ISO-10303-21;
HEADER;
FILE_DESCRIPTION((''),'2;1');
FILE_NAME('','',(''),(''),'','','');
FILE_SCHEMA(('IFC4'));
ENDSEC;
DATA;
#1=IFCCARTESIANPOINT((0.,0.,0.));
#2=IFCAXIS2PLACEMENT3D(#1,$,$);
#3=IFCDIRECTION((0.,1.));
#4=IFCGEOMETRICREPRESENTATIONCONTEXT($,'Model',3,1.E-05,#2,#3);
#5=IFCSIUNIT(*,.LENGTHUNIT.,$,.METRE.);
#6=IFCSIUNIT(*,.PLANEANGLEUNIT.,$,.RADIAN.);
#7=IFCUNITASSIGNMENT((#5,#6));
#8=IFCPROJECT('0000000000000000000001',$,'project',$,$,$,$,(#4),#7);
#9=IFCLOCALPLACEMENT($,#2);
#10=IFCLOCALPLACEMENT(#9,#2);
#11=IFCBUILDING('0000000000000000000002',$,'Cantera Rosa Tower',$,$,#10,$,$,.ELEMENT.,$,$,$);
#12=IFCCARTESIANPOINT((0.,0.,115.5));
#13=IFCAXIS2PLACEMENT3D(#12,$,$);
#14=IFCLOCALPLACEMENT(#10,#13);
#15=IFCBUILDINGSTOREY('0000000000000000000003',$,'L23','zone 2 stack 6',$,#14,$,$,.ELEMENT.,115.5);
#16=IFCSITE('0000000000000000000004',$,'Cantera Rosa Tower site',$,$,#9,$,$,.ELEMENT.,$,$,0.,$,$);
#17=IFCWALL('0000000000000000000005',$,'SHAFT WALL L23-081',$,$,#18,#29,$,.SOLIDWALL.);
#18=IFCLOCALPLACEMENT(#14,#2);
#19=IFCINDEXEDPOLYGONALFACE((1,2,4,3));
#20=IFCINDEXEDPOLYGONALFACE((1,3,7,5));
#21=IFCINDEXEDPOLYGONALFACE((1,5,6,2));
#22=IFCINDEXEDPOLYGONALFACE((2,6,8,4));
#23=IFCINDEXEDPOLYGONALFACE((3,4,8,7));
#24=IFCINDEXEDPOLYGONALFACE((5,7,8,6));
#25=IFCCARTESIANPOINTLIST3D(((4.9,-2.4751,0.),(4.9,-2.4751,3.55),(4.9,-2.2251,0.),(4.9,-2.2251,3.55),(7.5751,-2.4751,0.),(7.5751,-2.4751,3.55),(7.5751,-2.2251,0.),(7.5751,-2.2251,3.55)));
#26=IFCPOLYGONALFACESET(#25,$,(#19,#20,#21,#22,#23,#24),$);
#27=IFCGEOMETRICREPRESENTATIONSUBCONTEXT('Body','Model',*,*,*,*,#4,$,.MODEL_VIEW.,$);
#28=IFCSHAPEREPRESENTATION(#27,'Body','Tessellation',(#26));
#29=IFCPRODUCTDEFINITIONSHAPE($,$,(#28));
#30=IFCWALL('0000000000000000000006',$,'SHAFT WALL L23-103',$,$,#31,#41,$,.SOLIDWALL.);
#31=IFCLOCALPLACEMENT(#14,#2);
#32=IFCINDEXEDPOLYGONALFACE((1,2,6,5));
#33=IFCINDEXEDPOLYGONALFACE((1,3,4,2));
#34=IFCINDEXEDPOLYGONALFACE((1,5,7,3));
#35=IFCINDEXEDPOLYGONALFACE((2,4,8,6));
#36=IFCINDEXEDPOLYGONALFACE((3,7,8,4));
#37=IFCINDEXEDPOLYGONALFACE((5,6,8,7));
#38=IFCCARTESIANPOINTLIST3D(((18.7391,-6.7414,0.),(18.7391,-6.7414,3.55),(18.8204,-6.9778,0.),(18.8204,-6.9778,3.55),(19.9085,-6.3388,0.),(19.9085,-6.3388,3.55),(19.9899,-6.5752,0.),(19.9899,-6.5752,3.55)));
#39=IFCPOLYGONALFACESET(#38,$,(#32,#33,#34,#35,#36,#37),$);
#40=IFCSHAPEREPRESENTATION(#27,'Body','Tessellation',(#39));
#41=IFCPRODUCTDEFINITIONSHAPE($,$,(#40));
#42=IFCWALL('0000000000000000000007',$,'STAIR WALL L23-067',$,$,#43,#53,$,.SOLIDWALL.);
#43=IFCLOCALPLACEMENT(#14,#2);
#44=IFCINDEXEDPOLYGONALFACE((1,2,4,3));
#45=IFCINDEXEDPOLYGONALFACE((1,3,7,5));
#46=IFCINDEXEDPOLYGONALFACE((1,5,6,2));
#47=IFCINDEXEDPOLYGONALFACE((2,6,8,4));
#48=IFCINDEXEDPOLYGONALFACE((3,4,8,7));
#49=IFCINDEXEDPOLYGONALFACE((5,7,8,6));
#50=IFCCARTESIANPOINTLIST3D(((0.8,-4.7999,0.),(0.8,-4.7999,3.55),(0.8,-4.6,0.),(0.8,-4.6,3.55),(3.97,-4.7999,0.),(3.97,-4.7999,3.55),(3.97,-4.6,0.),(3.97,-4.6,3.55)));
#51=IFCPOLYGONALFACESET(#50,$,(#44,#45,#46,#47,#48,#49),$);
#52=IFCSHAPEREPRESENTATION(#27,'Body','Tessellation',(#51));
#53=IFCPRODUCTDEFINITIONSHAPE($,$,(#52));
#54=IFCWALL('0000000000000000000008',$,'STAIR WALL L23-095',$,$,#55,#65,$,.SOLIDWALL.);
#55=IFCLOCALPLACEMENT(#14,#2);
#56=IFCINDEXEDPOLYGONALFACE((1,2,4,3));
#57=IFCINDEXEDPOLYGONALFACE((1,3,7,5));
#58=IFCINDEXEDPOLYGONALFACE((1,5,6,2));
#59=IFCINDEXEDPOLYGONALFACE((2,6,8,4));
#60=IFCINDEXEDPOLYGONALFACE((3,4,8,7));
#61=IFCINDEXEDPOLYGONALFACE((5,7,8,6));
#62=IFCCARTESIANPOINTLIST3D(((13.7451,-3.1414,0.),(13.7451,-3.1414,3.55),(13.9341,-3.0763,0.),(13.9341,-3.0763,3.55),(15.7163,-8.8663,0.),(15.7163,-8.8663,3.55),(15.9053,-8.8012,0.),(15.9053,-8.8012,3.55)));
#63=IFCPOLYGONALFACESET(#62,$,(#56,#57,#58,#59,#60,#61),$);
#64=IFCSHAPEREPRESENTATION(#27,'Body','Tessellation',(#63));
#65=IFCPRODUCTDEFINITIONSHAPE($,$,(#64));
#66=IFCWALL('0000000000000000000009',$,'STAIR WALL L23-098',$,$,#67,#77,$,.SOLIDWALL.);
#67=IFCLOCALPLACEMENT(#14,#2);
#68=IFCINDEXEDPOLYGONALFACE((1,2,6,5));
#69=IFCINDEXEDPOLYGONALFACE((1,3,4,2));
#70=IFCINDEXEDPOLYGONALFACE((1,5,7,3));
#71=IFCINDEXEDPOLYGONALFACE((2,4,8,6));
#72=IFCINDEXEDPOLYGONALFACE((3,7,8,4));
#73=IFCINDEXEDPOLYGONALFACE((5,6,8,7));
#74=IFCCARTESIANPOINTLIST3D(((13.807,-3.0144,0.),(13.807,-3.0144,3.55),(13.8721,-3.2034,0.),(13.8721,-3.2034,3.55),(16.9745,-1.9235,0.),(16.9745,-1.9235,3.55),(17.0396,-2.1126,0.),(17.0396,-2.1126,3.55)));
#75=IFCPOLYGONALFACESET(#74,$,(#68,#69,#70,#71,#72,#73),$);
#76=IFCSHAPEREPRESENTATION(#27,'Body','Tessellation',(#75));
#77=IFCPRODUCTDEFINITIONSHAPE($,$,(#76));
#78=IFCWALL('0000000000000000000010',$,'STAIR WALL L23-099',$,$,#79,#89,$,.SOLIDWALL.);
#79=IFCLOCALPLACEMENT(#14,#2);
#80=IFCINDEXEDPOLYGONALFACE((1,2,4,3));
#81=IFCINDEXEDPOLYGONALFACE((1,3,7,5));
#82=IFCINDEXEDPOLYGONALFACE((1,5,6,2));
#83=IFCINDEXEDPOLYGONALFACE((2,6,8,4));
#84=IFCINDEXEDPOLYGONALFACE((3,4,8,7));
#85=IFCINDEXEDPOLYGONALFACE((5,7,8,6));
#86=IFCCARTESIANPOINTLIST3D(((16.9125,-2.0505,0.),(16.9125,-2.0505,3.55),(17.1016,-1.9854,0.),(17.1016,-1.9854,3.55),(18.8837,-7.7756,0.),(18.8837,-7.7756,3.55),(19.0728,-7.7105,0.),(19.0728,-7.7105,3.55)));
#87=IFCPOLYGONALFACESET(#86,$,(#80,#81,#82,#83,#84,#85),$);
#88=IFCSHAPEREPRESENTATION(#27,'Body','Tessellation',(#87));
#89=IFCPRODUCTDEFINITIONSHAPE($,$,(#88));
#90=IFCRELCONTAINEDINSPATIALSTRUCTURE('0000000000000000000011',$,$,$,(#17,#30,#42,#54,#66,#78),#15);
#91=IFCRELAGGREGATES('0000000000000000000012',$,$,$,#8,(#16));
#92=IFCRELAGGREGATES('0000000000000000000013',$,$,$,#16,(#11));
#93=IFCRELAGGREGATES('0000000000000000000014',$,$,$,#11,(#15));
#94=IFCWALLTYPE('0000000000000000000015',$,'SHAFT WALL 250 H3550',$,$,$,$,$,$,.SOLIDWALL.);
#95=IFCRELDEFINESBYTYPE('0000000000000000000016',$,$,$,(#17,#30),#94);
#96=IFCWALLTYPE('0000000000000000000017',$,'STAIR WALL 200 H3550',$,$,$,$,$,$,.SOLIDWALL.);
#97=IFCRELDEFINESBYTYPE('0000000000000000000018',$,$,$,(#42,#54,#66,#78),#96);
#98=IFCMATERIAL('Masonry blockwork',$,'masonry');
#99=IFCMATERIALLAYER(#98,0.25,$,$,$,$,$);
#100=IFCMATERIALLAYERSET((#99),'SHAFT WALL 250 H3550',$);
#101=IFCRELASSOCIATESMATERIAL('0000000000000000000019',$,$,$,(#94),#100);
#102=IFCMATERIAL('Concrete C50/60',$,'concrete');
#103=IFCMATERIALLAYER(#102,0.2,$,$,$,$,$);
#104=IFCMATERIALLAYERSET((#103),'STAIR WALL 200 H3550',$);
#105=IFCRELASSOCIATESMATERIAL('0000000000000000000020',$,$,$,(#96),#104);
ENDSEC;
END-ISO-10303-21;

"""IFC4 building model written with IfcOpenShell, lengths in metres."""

from ifc_helpers import new_model, si_unit, direction, frame, frame_2d, origin, place, context, subcontext, project, spatial, rectangle, extrude, material, layer, layer_set, type_object, element, save


model = new_model("IFC4")

# Units and contexts
model_context = context("Model", 3, precision=1e-05, world=origin(), true_north=direction((0.0, 1.0)))
body_context = subcontext(model_context, "Body", "Model", "MODEL_VIEW")
ifc_project = project(units=[si_unit("LENGTHUNIT", "METRE"), si_unit("PLANEANGLEUNIT", "RADIAN")], contexts=[model_context])

# Site, building, storey
site_placement = place(None, origin())
site = spatial("IfcSite", under=ifc_project, at=site_placement, Name="Cantera Rosa Tower site", CompositionType="ELEMENT", RefElevation=0.0)
building_placement = place(site_placement, origin())
building = spatial("IfcBuilding", under=site, at=building_placement, Name="Cantera Rosa Tower", CompositionType="ELEMENT")
storey_placement = place(building_placement, frame((0.0, 0.0, 115.5)))
storey = spatial("IfcBuildingStorey", under=building, at=storey_placement, Name="L23", Description="zone 2 stack 6", CompositionType="ELEMENT", Elevation=115.5)

# Walls
ifc_material_1 = material(Name="Masonry blockwork", Category="masonry")
ifc_layer_1 = layer(ifc_material_1, 0.25)
ifc_layer_set_1 = layer_set([ifc_layer_1], Name="SHAFT WALL 250 H3550")
wall_type_1 = type_object("IfcWallType", Name="SHAFT WALL 250 H3550", PredefinedType="SOLIDWALL", material=ifc_layer_set_1)
wall_1_placement = place(storey_placement, frame((7.575, -2.3501, 0.0), z_axis=(0.0, 0.0, 1.0), x_axis=(-1.0, 0.0, 0.0)))
element("IfcWall", 1, at=wall_1_placement, inside=storey, type_object=wall_type_1, Name="SHAFT WALL L23-081", PredefinedType="SOLIDWALL", context=body_context, shape_type="SweptSolid", body=[
    extrude(rectangle(XDim=2.675, YDim=0.25, at=frame_2d((1.3374, 0.0))), origin(), (0.0, 0.0, 1.0), 3.55),
])
wall_2_placement = place(storey_placement, frame((19.9492, -6.457, 0.0), z_axis=(0.0, 0.0, 1.0), x_axis=(-0.945539, -0.32551, 0.0)))
element("IfcWall", 2, at=wall_2_placement, inside=storey, type_object=wall_type_1, Name="SHAFT WALL L23-103", PredefinedType="SOLIDWALL", context=body_context, shape_type="SweptSolid", body=[
    extrude(rectangle(XDim=1.2368, YDim=0.25, at=frame_2d((0.6184, 0.0))), origin(), (0.0, 0.0, 1.0), 3.55),
])
ifc_material_2 = material(Name="Concrete C50/60", Category="concrete")
ifc_layer_2 = layer(ifc_material_2, 0.2)
ifc_layer_set_2 = layer_set([ifc_layer_2], Name="STAIR WALL 200 H3550")
wall_type_2 = type_object("IfcWallType", Name="STAIR WALL 200 H3550", PredefinedType="SOLIDWALL", material=ifc_layer_set_2)
wall_3_placement = place(storey_placement, frame((3.97, -4.7, 0.0), z_axis=(0.0, 0.0, 1.0), x_axis=(-1.0, 0.0, 0.0)))
element("IfcWall", 3, at=wall_3_placement, inside=storey, type_object=wall_type_2, Name="STAIR WALL L23-067", PredefinedType="SOLIDWALL", context=body_context, shape_type="SweptSolid", body=[
    extrude(rectangle(XDim=3.1699, YDim=0.2, at=frame_2d((1.585, 0.0))), origin(), (0.0, 0.0, 1.0), 3.55),
])
wall_4_placement = place(storey_placement, frame((13.8396, -3.1089, 0.0), z_axis=(0.0, 0.0, 1.0), x_axis=(0.325563, -0.94552, 0.0)))
element("IfcWall", 4, at=wall_4_placement, inside=storey, type_object=wall_type_2, Name="STAIR WALL L23-095", PredefinedType="SOLIDWALL", context=body_context, shape_type="SweptSolid", body=[
    extrude(rectangle(XDim=6.0547, YDim=0.2, at=frame_2d((3.0273, 0.0))), origin(), (0.0, 0.0, 1.0), 3.55),
])
wall_5_placement = place(storey_placement, frame((17.0071, -2.0181, 0.0), z_axis=(0.0, 0.0, 1.0), x_axis=(-0.945503, -0.325613, 0.0)))
element("IfcWall", 5, at=wall_5_placement, inside=storey, type_object=wall_type_2, Name="STAIR WALL L23-098", PredefinedType="SOLIDWALL", context=body_context, shape_type="SweptSolid", body=[
    extrude(rectangle(XDim=3.3501, YDim=0.2, at=frame_2d((1.675, 0.0))), origin(), (0.0, 0.0, 1.0), 3.55),
])
wall_6_placement = place(storey_placement, frame((17.0071, -2.0181, 0.0), z_axis=(0.0, 0.0, 1.0), x_axis=(0.325551, -0.945525, 0.0)))
element("IfcWall", 6, at=wall_6_placement, inside=storey, type_object=wall_type_2, Name="STAIR WALL L23-099", PredefinedType="SOLIDWALL", context=body_context, shape_type="SweptSolid", body=[
    extrude(rectangle(XDim=6.0549, YDim=0.2, at=frame_2d((3.0273, 0.0))), origin(), (0.0, 0.0, 1.0), 3.55),
])

save(model, "model.ifc")
